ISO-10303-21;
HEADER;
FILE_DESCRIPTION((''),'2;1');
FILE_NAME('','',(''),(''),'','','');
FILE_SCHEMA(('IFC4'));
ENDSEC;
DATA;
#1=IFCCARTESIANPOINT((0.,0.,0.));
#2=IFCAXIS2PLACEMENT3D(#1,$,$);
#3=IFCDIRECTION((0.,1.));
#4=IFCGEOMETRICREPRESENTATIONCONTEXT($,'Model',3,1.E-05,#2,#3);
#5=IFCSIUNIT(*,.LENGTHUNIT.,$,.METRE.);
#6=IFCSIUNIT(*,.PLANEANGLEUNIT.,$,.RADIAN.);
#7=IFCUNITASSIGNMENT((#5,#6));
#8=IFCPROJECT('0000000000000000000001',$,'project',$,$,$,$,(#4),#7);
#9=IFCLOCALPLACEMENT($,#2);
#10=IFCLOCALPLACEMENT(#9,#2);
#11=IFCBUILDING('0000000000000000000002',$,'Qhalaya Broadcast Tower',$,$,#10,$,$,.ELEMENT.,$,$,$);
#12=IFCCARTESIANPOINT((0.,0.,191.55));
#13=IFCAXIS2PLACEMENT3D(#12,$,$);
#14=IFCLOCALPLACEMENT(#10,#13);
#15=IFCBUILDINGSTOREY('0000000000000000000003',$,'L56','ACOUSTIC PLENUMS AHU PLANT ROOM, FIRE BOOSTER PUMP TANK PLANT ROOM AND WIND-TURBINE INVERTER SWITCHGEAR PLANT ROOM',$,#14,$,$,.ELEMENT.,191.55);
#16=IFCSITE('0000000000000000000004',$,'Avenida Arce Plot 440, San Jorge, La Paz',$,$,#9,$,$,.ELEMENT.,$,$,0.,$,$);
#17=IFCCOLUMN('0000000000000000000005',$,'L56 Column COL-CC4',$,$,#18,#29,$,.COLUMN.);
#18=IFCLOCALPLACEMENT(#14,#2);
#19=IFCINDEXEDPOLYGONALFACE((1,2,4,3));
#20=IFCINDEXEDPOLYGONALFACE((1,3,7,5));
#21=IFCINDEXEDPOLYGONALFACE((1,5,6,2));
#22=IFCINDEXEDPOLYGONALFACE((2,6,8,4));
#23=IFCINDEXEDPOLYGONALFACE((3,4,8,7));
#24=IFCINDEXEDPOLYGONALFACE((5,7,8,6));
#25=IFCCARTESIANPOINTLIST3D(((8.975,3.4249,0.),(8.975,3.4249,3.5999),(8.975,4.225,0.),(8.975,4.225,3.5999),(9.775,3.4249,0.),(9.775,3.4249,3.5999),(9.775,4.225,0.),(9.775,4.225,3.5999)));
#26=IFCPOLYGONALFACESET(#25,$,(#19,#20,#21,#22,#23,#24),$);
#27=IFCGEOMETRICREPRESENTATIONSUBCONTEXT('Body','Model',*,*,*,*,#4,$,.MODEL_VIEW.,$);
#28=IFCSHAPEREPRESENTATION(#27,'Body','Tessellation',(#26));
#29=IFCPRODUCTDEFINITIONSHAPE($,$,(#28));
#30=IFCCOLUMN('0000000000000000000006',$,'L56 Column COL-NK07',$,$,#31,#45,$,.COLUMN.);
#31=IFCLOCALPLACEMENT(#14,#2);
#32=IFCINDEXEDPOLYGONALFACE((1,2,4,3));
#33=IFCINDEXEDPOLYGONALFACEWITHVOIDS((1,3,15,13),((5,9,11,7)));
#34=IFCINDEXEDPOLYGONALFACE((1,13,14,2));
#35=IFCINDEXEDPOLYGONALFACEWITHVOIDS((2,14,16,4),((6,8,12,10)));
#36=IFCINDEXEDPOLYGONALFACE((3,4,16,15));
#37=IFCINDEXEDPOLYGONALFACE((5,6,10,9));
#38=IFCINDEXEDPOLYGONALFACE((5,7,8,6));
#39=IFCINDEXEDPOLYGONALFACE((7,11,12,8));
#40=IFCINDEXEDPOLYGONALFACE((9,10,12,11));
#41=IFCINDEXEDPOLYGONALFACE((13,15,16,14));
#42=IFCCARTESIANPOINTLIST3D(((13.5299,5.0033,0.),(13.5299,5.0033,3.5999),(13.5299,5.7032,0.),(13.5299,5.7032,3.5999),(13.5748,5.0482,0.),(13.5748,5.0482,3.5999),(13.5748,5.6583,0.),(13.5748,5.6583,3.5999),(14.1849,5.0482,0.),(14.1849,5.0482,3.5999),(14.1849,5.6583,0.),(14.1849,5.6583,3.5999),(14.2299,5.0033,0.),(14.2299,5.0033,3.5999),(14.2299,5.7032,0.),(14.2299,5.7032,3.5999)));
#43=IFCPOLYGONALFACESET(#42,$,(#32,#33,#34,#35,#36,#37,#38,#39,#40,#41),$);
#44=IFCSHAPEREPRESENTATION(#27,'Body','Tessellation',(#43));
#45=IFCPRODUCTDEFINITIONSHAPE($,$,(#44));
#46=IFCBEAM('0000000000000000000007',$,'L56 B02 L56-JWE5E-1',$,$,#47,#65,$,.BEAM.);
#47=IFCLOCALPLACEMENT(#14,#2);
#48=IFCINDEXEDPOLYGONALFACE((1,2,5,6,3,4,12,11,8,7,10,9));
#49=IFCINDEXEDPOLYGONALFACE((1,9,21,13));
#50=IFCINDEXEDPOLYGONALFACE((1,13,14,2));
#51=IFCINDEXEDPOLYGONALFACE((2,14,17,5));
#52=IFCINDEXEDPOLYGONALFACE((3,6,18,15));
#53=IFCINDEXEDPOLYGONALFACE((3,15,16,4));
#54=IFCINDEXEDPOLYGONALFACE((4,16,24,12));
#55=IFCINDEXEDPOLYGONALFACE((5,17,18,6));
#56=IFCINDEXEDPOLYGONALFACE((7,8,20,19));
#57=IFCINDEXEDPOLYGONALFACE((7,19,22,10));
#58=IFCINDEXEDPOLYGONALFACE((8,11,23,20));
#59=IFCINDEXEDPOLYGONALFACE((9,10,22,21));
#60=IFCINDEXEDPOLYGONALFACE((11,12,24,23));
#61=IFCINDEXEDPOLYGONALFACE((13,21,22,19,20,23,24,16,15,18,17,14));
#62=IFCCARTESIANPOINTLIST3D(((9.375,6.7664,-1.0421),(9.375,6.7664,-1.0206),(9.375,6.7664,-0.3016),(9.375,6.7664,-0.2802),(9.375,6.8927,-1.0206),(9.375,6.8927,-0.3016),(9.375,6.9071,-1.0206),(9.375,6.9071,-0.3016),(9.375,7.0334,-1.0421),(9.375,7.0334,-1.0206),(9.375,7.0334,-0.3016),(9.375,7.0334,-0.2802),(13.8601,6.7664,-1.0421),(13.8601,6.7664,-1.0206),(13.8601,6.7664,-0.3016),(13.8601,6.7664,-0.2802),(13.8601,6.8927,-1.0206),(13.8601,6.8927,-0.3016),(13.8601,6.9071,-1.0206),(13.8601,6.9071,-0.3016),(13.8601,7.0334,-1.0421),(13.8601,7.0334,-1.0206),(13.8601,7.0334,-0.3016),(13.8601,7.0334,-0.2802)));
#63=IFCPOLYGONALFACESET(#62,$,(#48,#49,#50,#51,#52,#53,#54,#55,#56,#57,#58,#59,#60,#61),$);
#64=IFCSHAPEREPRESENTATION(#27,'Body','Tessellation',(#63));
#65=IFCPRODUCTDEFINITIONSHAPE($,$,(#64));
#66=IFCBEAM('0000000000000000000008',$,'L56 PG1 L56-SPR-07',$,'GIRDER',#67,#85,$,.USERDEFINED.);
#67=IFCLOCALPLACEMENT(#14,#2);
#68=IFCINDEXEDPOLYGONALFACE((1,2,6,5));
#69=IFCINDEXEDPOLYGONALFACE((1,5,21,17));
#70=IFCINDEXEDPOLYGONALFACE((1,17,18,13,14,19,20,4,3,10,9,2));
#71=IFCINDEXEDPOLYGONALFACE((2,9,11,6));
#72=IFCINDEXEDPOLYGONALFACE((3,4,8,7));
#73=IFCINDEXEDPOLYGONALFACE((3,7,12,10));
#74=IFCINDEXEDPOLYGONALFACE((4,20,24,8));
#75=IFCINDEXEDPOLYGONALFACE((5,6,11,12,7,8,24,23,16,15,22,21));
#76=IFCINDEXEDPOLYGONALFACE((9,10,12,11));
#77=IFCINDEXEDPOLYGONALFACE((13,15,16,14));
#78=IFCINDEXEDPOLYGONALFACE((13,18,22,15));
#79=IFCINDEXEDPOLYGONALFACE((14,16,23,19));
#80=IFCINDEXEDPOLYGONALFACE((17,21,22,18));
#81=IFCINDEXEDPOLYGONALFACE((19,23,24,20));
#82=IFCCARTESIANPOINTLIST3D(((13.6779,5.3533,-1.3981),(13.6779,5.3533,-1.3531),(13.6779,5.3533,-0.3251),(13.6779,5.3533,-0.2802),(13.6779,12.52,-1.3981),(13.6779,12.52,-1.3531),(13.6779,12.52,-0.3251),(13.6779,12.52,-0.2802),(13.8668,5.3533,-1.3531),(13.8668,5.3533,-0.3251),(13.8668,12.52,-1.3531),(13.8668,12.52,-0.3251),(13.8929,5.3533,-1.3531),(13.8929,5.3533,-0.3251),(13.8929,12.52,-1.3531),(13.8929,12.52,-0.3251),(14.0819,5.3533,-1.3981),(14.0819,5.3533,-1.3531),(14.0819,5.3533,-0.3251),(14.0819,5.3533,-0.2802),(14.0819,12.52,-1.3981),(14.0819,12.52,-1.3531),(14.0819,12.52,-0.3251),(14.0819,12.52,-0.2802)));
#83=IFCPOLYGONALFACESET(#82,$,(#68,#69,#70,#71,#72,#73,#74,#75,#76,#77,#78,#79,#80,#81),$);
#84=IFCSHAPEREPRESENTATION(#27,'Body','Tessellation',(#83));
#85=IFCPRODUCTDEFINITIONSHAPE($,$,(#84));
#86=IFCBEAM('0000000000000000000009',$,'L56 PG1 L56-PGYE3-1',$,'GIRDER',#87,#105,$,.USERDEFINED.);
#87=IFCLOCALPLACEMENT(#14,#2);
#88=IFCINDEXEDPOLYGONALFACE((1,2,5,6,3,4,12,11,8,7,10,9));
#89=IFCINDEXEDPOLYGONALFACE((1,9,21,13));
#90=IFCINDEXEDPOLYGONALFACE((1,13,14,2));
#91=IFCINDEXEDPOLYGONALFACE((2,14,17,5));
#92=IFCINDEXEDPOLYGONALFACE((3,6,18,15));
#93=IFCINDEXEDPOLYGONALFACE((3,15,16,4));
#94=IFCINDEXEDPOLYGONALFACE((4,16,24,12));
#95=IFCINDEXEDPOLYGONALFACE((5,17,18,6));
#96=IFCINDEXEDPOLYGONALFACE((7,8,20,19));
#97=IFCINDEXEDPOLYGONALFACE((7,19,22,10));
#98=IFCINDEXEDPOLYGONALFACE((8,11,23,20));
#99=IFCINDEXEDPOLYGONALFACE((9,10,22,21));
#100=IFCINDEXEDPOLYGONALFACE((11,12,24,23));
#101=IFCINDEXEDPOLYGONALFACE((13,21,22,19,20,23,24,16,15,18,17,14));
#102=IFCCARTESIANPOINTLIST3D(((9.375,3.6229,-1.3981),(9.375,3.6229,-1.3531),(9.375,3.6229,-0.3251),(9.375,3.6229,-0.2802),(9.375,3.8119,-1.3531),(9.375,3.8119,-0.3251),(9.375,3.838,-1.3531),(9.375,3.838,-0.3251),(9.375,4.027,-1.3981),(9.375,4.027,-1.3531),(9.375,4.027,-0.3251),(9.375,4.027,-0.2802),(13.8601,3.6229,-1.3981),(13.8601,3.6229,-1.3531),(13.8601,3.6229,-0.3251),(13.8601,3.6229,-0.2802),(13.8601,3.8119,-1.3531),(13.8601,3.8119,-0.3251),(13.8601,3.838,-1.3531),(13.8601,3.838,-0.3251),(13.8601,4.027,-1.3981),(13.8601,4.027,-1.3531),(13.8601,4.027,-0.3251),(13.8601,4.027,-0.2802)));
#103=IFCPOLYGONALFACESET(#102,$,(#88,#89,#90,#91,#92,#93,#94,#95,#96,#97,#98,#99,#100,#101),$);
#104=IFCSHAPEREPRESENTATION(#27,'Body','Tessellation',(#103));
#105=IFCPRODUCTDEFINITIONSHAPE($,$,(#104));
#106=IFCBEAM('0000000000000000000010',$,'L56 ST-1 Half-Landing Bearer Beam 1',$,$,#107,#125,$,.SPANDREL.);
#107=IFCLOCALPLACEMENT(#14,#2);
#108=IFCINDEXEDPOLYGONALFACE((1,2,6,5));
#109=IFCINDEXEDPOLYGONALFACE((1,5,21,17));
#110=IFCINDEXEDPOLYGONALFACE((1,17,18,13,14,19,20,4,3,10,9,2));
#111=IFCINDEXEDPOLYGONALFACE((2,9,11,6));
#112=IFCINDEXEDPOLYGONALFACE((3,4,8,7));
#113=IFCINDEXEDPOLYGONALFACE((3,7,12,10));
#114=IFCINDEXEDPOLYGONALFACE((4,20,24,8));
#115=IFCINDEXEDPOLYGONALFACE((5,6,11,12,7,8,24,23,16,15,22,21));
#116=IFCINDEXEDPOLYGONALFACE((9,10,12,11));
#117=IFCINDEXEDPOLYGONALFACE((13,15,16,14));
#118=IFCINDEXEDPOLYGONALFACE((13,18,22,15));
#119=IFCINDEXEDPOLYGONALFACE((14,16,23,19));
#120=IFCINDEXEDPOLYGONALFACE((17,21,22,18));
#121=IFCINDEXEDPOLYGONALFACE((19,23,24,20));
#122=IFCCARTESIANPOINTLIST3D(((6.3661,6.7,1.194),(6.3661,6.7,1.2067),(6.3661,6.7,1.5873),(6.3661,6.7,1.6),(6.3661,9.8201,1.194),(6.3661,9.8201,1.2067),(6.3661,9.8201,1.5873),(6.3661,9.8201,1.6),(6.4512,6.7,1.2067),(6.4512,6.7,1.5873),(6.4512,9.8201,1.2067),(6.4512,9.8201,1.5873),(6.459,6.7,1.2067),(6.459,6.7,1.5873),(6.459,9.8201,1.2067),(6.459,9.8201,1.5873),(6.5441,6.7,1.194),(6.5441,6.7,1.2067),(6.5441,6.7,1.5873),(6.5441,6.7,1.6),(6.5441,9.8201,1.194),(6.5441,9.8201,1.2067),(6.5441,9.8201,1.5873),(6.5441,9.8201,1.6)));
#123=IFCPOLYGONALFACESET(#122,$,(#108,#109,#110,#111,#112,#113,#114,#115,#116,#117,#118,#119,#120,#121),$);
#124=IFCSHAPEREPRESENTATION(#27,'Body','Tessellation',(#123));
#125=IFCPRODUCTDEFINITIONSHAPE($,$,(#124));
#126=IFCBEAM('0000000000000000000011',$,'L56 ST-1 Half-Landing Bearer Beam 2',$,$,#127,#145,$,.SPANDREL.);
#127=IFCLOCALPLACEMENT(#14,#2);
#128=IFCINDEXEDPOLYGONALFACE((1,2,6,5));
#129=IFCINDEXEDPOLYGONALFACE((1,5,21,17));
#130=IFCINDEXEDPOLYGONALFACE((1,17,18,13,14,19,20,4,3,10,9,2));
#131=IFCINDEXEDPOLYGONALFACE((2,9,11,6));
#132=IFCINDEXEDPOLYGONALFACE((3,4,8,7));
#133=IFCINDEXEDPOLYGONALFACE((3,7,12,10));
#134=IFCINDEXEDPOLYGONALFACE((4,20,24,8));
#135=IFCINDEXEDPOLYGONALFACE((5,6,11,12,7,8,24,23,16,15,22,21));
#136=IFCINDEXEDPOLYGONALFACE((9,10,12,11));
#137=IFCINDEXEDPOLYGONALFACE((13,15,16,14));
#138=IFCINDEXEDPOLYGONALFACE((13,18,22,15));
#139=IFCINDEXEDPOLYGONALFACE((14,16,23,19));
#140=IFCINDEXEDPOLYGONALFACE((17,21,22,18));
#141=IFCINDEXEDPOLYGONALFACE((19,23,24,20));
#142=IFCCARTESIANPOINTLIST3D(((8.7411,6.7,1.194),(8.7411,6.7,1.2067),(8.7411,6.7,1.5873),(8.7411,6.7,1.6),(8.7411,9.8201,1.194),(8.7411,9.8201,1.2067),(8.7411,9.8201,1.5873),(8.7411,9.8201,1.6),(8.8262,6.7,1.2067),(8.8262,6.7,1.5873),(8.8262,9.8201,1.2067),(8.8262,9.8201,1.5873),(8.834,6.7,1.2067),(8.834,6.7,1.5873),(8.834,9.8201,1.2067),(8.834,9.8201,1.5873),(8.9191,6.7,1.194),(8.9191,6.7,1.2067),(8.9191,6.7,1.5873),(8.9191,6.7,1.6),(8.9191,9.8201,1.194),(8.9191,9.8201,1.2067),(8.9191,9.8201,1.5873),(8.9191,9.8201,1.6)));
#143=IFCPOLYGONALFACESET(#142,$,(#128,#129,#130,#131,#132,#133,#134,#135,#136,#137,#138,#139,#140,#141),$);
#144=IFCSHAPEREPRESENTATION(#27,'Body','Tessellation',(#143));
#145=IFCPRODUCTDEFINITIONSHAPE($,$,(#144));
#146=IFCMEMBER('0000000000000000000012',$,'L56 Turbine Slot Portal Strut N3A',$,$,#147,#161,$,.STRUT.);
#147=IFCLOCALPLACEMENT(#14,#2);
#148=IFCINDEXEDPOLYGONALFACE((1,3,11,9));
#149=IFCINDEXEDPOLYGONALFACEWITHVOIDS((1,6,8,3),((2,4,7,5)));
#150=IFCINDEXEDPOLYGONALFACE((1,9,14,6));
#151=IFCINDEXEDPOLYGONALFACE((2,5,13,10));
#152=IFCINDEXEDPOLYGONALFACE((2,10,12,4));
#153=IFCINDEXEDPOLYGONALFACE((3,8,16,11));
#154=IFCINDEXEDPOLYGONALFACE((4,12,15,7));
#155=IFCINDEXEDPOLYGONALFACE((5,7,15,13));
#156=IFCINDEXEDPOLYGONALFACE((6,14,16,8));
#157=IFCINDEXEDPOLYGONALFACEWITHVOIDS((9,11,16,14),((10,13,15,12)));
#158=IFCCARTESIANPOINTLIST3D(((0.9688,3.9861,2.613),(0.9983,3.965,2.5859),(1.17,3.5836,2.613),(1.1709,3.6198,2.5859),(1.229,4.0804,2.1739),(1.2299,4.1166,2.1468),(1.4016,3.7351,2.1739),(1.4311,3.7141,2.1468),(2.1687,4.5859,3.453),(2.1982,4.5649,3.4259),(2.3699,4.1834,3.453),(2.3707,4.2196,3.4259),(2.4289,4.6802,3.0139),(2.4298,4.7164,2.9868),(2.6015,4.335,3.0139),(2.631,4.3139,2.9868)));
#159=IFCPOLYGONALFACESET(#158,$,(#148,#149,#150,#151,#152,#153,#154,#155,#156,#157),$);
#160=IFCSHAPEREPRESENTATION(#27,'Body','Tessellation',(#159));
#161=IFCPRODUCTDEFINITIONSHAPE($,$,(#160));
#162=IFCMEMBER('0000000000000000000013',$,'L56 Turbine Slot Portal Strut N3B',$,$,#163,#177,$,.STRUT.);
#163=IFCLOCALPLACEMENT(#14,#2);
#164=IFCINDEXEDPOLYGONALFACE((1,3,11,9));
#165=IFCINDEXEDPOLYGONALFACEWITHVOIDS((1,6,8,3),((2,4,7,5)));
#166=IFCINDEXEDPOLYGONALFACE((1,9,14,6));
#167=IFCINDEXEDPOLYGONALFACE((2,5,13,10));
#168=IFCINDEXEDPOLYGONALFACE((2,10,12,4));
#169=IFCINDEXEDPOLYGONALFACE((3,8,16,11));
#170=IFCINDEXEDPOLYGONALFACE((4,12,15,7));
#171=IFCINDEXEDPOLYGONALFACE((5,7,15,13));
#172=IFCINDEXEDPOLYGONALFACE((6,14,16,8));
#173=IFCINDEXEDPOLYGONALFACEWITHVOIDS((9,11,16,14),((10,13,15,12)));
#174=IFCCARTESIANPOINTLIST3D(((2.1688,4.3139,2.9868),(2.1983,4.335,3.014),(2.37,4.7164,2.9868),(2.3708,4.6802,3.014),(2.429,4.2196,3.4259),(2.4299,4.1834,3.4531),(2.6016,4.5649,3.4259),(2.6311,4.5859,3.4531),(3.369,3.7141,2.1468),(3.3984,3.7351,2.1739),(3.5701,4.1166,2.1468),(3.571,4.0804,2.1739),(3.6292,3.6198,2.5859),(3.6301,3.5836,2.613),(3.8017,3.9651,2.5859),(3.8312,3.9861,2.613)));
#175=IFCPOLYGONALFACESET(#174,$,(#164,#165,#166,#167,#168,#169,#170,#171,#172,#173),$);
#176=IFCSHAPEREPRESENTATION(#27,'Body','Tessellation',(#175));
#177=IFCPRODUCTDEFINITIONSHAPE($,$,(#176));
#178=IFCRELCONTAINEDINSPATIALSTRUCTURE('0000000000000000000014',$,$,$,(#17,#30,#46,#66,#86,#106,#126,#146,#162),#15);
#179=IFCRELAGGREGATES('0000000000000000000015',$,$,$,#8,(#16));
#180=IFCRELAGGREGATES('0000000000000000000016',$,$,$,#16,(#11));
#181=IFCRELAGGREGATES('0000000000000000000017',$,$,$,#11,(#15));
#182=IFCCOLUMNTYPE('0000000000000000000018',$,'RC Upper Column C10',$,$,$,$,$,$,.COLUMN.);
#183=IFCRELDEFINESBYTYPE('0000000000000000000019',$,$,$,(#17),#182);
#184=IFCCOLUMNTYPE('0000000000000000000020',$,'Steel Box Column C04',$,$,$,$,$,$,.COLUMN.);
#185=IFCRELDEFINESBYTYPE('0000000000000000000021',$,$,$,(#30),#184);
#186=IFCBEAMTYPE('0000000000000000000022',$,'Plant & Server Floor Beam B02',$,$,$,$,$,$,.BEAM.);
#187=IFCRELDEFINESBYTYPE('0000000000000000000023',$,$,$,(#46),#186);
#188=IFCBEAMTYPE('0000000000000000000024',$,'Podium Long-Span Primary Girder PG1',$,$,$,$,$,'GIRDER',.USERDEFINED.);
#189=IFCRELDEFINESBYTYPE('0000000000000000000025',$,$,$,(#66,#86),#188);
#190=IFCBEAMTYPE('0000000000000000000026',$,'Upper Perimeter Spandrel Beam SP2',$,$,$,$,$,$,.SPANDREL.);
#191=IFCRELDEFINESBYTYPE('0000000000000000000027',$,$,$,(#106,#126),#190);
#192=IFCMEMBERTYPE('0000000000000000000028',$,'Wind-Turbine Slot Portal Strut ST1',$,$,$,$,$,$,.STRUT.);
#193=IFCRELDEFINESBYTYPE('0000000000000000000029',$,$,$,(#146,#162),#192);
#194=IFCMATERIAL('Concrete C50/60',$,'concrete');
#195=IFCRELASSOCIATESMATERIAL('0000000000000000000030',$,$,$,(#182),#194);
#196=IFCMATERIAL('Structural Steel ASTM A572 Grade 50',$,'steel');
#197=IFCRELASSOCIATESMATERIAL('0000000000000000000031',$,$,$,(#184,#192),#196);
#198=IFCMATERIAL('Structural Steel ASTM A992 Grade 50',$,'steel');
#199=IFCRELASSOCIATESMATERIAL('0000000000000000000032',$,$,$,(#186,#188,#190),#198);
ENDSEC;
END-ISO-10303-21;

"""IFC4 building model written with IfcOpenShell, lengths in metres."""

from ifc_helpers import new_model, si_unit, direction, frame, origin, origin_2d, place, context, subcontext, project, spatial, rectangle, hollow_rectangle, i_section, extrude, material, material_profile, profile_set, type_object, element, save


model = new_model("IFC4")

# Units and contexts
model_context = context("Model", 3, precision=1e-05, world=origin(), true_north=direction((0.0, 1.0)))
body_context = subcontext(model_context, "Body", "Model", "MODEL_VIEW")
ifc_project = project(units=[si_unit("LENGTHUNIT", "METRE"), si_unit("PLANEANGLEUNIT", "RADIAN")], contexts=[model_context])

# Site, building, storey
site_placement = place(None, origin())
site = spatial("IfcSite", under=ifc_project, at=site_placement, Name="Avenida Arce Plot 440, San Jorge, La Paz", CompositionType="ELEMENT", RefElevation=0.0)
building_placement = place(site_placement, origin())
building = spatial("IfcBuilding", under=site, at=building_placement, Name="Qhalaya Broadcast Tower", CompositionType="ELEMENT")
storey_placement = place(building_placement, frame((0.0, 0.0, 191.55)))
storey = spatial("IfcBuildingStorey", under=building, at=storey_placement, Name="L56", Description="ACOUSTIC PLENUMS AHU PLANT ROOM, FIRE BOOSTER PUMP TANK PLANT ROOM AND WIND-TURBINE INVERTER SWITCHGEAR PLANT ROOM", CompositionType="ELEMENT", Elevation=191.55)

# Columns
ifc_material_1 = material(Name="Concrete C50/60", Category="concrete")
ifc_material_profile_1 = material_profile(ifc_material_1, rectangle(XDim=0.8, YDim=0.8, at=origin_2d()), Name="RC-COL 800x800")
ifc_profile_set_1 = profile_set([ifc_material_profile_1], Name="Concrete C50/60")
column_type_1 = type_object("IfcColumnType", Name="RC Upper Column C10", PredefinedType="COLUMN", material=ifc_profile_set_1)
column_1_placement = place(storey_placement, frame((9.375, 3.825, 0.0), z_axis=(0.0, 0.0, 1.0), x_axis=(1.0, 0.0, 0.0)))
element("IfcColumn", 1, at=column_1_placement, inside=storey, type_object=column_type_1, Name="L56 Column COL-CC4", PredefinedType="COLUMN", context=body_context, shape_type="SweptSolid", body=[
    extrude(rectangle(XDim=0.8, YDim=0.8, at=origin_2d()), origin(), (0.0, 0.0, 1.0), 3.5999),
])
ifc_material_2 = material(Name="Structural Steel ASTM A572 Grade 50", Category="steel")
ifc_material_profile_2 = material_profile(ifc_material_2, hollow_rectangle(XDim=0.7, YDim=0.7, WallThickness=0.0449, at=origin_2d()), Name="BOX 700x700x45")
ifc_profile_set_2 = profile_set([ifc_material_profile_2], Name="Structural Steel ASTM A572 Grade 50")
column_type_2 = type_object("IfcColumnType", Name="Steel Box Column C04", PredefinedType="COLUMN", material=ifc_profile_set_2)
column_2_placement = place(storey_placement, frame((13.8799, 5.3533, 0.0), z_axis=(0.0, 0.0, 1.0), x_axis=(0.0, 1.0, 0.0)))
element("IfcColumn", 2, at=column_2_placement, inside=storey, type_object=column_type_2, Name="L56 Column COL-NK07", PredefinedType="COLUMN", context=body_context, shape_type="SweptSolid", body=[
    extrude(hollow_rectangle(XDim=0.7, YDim=0.7, WallThickness=0.0449, at=origin_2d()), origin(), (0.0, 0.0, 1.0), 3.5999),
])

# Beams
ifc_material_3 = material(Name="Structural Steel ASTM A992 Grade 50", Category="steel")
ifc_material_profile_3 = material_profile(ifc_material_3, i_section(OverallWidth=0.2671, OverallDepth=0.762, WebThickness=0.0144, FlangeThickness=0.0215, at=origin_2d()), Name="W30X116")
ifc_profile_set_3 = profile_set([ifc_material_profile_3], Name="Structural Steel ASTM A992 Grade 50")
beam_type_1 = type_object("IfcBeamType", Name="Plant & Server Floor Beam B02", PredefinedType="BEAM", material=ifc_profile_set_3)
beam_1_placement = place(storey_placement, frame((9.375, 6.8999, -0.6611), z_axis=(1.0, 0.0, 0.0), x_axis=(0.0, 1.0, 0.0)))
element("IfcBeam", 3, at=beam_1_placement, inside=storey, type_object=beam_type_1, Name="L56 B02 L56-JWE5E-1", PredefinedType="BEAM", context=body_context, shape_type="SweptSolid", body=[
    extrude(i_section(OverallWidth=0.2671, OverallDepth=0.762, WebThickness=0.0144, FlangeThickness=0.0215, at=origin_2d()), origin(), (0.0, 0.0, 1.0), 4.4851),
])
ifc_material_profile_4 = material_profile(ifc_material_3, i_section(OverallWidth=0.4041, OverallDepth=1.1179, WebThickness=0.0261, FlangeThickness=0.0449, at=origin_2d()), Name="W44X335")
ifc_profile_set_4 = profile_set([ifc_material_profile_4], Name="Structural Steel ASTM A992 Grade 50")
beam_type_2 = type_object("IfcBeamType", Name="Podium Long-Span Primary Girder PG1", ElementType="GIRDER", PredefinedType="USERDEFINED", material=ifc_profile_set_4)
beam_2_placement = place(storey_placement, frame((13.8799, 5.3533, -0.8391), z_axis=(0.0, 1.0, 0.0), x_axis=(-1.0, 0.0, 0.0)))
element("IfcBeam", 4, at=beam_2_placement, inside=storey, type_object=beam_type_2, Name="L56 PG1 L56-SPR-07", ObjectType="GIRDER", PredefinedType="USERDEFINED", context=body_context, shape_type="SweptSolid", body=[
    extrude(i_section(OverallWidth=0.4041, OverallDepth=1.1179, WebThickness=0.0261, FlangeThickness=0.0449, at=origin_2d()), origin(), (0.0, 0.0, 1.0), 7.1667),
])
beam_3_placement = place(storey_placement, frame((9.375, 3.825, -0.8391), z_axis=(1.0, 0.0, 0.0), x_axis=(0.0, 1.0, 0.0)))
element("IfcBeam", 5, at=beam_3_placement, inside=storey, type_object=beam_type_2, Name="L56 PG1 L56-PGYE3-1", ObjectType="GIRDER", PredefinedType="USERDEFINED", context=body_context, shape_type="SweptSolid", body=[
    extrude(i_section(OverallWidth=0.4041, OverallDepth=1.1179, WebThickness=0.0261, FlangeThickness=0.0449, at=origin_2d()), origin(), (0.0, 0.0, 1.0), 4.4851),
])
ifc_material_profile_5 = material_profile(ifc_material_3, i_section(OverallWidth=0.178, OverallDepth=0.406, WebThickness=0.0078, FlangeThickness=0.0127, at=origin_2d()), Name="W16X40")
ifc_profile_set_5 = profile_set([ifc_material_profile_5], Name="Structural Steel ASTM A992 Grade 50")
beam_type_3 = type_object("IfcBeamType", Name="Upper Perimeter Spandrel Beam SP2", PredefinedType="SPANDREL", material=ifc_profile_set_5)
for number, where, z_axis, x_axis, name in (
    (6, (6.4551, 6.7, 1.397), (0.0, 1.0, 0.0), (-1.0, 0.0, 0.0), "L56 ST-1 Half-Landing Bearer Beam 1"),
    (7, (8.8301, 6.7, 1.397), (0.0, 1.0, 0.0), (-1.0, 0.0, 0.0), "L56 ST-1 Half-Landing Bearer Beam 2"),
):
    element("IfcBeam", number, at=place(storey_placement, frame(where, z_axis=z_axis, x_axis=x_axis)), inside=storey, type_object=beam_type_3, Name=name, PredefinedType="SPANDREL", context=body_context, shape_type="SweptSolid", body=[
        extrude(i_section(OverallWidth=0.178, OverallDepth=0.406, WebThickness=0.0078, FlangeThickness=0.0127, at=origin_2d()), origin(), (0.0, 0.0, 1.0), 3.1201),
    ])

# Members
ifc_material_profile_6 = material_profile(ifc_material_2, hollow_rectangle(XDim=0.45, YDim=0.55, WallThickness=0.032, at=origin_2d()), Name="BOX 450x550x32")
ifc_profile_set_6 = profile_set([ifc_material_profile_6], Name="Structural Steel ASTM A572 Grade 50")
member_type = type_object("IfcMemberType", Name="Wind-Turbine Slot Portal Strut ST1", PredefinedType="STRUT", material=ifc_profile_set_6)
member_1_placement = place(storey_placement, frame((1.2, 3.8501, 2.3799), z_axis=(0.758089, 0.378967, 0.53074), x_axis=(-0.447141, 0.894464, 0.0)))
element("IfcMember", 8, at=member_1_placement, inside=storey, type_object=member_type, Name="L56 Turbine Slot Portal Strut N3A", PredefinedType="STRUT", context=body_context, shape_type="SweptSolid", body=[
    extrude(hollow_rectangle(XDim=0.45, YDim=0.55, WallThickness=0.032, at=origin_2d()), origin(), (0.0, 0.0, 1.0), 1.5828),
])
member_2_placement = place(storey_placement, frame((3.6001, 3.8501, 2.3799), z_axis=(-0.758155, 0.378923, 0.530677), x_axis=(-0.447068, -0.8945, 0.0)))
element("IfcMember", 9, at=member_2_placement, inside=storey, type_object=member_type, Name="L56 Turbine Slot Portal Strut N3B", PredefinedType="STRUT", context=body_context, shape_type="SweptSolid", body=[
    extrude(hollow_rectangle(XDim=0.45, YDim=0.55, WallThickness=0.032, at=origin_2d()), origin(), (0.0, 0.0, 1.0), 1.583),
])

save(model, "model.ifc")
